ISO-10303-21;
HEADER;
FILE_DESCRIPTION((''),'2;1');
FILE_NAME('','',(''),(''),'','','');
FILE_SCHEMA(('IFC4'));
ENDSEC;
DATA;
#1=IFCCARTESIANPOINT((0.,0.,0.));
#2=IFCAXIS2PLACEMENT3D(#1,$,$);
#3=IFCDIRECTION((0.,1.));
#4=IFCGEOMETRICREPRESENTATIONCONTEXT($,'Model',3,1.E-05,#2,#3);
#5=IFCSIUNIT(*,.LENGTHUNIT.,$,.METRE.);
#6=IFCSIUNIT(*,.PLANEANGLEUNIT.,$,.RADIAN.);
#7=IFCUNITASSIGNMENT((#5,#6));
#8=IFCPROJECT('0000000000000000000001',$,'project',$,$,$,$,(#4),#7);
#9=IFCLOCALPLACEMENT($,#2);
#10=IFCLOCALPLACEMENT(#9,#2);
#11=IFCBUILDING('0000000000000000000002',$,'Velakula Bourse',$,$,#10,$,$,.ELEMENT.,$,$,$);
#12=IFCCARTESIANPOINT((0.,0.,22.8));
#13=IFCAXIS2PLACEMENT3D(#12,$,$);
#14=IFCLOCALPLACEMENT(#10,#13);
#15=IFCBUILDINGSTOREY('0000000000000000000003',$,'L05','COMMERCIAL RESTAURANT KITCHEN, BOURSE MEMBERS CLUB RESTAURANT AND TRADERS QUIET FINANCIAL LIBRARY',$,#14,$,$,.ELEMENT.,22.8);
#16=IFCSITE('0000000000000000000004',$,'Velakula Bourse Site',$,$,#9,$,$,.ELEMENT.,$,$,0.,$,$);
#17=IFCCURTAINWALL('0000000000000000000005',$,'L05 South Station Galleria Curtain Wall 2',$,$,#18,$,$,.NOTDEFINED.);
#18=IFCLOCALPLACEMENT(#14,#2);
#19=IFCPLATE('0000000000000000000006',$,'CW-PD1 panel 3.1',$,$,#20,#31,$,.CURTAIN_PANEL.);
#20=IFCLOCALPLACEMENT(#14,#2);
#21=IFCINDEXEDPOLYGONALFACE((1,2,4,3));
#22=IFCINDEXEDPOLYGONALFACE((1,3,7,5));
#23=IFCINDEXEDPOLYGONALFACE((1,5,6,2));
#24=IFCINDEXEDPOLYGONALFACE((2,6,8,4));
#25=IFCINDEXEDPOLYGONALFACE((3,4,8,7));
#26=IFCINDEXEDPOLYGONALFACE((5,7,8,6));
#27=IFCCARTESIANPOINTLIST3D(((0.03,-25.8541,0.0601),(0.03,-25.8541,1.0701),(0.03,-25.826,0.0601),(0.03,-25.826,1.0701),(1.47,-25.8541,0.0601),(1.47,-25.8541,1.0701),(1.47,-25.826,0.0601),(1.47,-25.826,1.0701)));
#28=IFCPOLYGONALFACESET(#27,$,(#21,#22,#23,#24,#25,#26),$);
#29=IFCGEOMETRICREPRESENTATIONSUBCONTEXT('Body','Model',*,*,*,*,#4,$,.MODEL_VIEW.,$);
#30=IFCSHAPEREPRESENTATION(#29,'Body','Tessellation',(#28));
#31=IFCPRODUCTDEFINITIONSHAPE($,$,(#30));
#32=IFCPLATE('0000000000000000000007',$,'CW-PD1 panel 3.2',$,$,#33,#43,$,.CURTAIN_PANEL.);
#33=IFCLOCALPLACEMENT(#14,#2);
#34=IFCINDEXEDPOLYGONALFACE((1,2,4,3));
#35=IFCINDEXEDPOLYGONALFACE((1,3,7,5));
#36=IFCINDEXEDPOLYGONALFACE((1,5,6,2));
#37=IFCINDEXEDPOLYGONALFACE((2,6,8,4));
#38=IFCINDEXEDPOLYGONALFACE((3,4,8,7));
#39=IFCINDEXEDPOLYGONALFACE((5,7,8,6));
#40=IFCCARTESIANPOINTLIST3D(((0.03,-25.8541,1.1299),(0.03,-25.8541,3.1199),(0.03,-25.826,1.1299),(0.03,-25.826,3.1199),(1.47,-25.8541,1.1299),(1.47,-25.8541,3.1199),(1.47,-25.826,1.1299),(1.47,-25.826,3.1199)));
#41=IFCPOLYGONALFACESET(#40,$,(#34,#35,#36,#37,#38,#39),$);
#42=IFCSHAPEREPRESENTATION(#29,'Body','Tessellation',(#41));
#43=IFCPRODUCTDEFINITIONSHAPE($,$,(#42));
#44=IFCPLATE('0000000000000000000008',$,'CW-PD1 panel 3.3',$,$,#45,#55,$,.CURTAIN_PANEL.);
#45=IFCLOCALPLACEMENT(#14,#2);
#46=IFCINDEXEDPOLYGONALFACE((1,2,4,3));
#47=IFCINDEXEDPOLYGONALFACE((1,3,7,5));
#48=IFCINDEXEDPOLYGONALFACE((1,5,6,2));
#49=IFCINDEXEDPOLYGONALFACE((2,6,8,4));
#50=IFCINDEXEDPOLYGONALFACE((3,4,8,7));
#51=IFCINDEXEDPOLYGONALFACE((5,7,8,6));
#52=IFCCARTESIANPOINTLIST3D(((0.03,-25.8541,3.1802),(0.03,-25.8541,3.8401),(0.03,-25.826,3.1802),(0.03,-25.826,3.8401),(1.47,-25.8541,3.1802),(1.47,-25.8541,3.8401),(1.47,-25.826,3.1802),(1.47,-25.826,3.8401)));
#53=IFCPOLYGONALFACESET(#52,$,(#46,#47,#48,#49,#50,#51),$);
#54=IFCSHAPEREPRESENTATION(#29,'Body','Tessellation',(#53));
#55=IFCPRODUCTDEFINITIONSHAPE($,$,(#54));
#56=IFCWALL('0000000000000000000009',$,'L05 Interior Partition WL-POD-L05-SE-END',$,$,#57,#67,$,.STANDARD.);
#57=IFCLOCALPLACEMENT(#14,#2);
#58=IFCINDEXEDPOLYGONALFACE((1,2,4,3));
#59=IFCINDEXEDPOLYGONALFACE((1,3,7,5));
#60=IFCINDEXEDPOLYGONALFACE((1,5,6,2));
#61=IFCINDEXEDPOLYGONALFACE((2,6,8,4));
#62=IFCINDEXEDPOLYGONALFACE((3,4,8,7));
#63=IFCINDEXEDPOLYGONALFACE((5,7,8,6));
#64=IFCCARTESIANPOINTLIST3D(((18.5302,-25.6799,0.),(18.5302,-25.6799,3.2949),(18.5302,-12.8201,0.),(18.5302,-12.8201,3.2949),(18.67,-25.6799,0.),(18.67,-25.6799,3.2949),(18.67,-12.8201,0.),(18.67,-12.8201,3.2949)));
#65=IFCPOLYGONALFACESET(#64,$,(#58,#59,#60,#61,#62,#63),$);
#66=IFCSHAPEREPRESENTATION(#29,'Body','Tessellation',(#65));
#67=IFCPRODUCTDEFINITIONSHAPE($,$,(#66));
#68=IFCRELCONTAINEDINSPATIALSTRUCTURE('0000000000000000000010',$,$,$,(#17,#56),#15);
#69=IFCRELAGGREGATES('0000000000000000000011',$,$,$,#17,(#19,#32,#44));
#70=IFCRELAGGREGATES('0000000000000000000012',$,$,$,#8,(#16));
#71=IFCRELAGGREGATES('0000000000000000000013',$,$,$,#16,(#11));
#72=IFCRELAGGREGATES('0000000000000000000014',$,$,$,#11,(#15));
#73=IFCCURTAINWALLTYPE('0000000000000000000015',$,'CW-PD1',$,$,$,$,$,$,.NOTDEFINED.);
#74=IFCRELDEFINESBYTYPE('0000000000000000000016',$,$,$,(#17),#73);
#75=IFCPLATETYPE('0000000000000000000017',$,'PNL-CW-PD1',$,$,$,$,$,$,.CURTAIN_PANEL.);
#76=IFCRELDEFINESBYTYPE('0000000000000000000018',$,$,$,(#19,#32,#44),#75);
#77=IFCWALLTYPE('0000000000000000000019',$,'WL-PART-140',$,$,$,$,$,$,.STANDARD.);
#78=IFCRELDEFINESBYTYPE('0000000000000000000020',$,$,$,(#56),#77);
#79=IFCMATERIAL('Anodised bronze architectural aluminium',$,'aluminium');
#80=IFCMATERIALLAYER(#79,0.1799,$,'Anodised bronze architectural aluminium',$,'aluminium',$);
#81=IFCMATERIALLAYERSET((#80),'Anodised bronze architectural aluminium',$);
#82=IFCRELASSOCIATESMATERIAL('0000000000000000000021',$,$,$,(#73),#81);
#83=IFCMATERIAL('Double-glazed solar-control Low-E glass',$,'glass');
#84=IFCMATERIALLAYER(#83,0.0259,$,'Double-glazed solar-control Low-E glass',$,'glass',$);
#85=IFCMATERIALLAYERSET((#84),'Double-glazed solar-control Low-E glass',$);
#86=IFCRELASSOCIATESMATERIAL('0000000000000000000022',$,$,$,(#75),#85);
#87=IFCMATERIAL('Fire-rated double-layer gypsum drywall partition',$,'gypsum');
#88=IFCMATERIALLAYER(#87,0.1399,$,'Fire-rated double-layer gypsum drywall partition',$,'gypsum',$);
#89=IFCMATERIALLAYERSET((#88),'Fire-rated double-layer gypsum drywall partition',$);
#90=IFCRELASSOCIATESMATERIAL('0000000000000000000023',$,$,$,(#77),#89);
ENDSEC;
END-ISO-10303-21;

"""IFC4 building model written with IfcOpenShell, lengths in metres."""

from ifc_helpers import new_model, si_unit, direction, frame, frame_2d, origin, origin_2d, place, context, subcontext, project, spatial, rectangle, extrude, material, layer, layer_set, type_object, element, aggregate, save


model = new_model("IFC4")

# Units and contexts
model_context = context("Model", 3, precision=1e-05, world=origin(), true_north=direction((0.0, 1.0)))
body_context = subcontext(model_context, "Body", "Model", "MODEL_VIEW")
ifc_project = project(units=[si_unit("LENGTHUNIT", "METRE"), si_unit("PLANEANGLEUNIT", "RADIAN")], contexts=[model_context])

# Site, building, storey
site_placement = place(None, origin())
site = spatial("IfcSite", under=ifc_project, at=site_placement, Name="Velakula Bourse Site", CompositionType="ELEMENT", RefElevation=0.0)
building_placement = place(site_placement, origin())
building = spatial("IfcBuilding", under=site, at=building_placement, Name="Velakula Bourse", CompositionType="ELEMENT")
storey_placement = place(building_placement, frame((0.0, 0.0, 22.8)))
storey = spatial("IfcBuildingStorey", under=building, at=storey_placement, Name="L05", Description="COMMERCIAL RESTAURANT KITCHEN, BOURSE MEMBERS CLUB RESTAURANT AND TRADERS QUIET FINANCIAL LIBRARY", CompositionType="ELEMENT", Elevation=22.8)

# Curtain wall, plates
ifc_material_1 = material(Name="Anodised bronze architectural aluminium", Category="aluminium")
ifc_layer_1 = layer(ifc_material_1, 0.1799, Name="Anodised bronze architectural aluminium", Category="aluminium")
ifc_layer_set_1 = layer_set([ifc_layer_1], Name="Anodised bronze architectural aluminium")
curtain_wall_type = type_object("IfcCurtainWallType", Name="CW-PD1", PredefinedType="NOTDEFINED", material=ifc_layer_set_1)
curtain_wall_placement = place(storey_placement, origin())
curtain_wall = element("IfcCurtainWall", 1, at=curtain_wall_placement, inside=storey, type_object=curtain_wall_type, Name="L05 South Station Galleria Curtain Wall 2", PredefinedType="NOTDEFINED")
ifc_material_2 = material(Name="Double-glazed solar-control Low-E glass", Category="glass")
ifc_layer_2 = layer(ifc_material_2, 0.0259, Name="Double-glazed solar-control Low-E glass", Category="glass")
ifc_layer_set_2 = layer_set([ifc_layer_2], Name="Double-glazed solar-control Low-E glass")
plate_type = type_object("IfcPlateType", Name="PNL-CW-PD1", PredefinedType="CURTAIN_PANEL", material=ifc_layer_set_2)
plate_1_placement = place(storey_placement, frame((0.75, -25.8401, 0.0601), z_axis=(0.0, 0.0, 1.0), x_axis=(-1.0, 0.0, 0.0)))
plate_1 = element("IfcPlate", 2, at=plate_1_placement, type_object=plate_type, Name="CW-PD1 panel 3.1", PredefinedType="CURTAIN_PANEL", context=body_context, shape_type="SweptSolid", body=[
    extrude(rectangle(XDim=1.4399, YDim=0.0281, at=origin_2d()), origin(), (0.0, 0.0, 1.0), 1.01),
])
plate_2_placement = place(storey_placement, frame((0.75, -25.8401, 1.1299), z_axis=(0.0, 0.0, 1.0), x_axis=(-1.0, 0.0, 0.0)))
plate_2 = element("IfcPlate", 3, at=plate_2_placement, type_object=plate_type, Name="CW-PD1 panel 3.2", PredefinedType="CURTAIN_PANEL", context=body_context, shape_type="SweptSolid", body=[
    extrude(rectangle(XDim=1.4399, YDim=0.0281, at=origin_2d()), origin(), (0.0, 0.0, 1.0), 1.99),
])
plate_3_placement = place(storey_placement, frame((0.75, -25.8401, 3.1802), z_axis=(0.0, 0.0, 1.0), x_axis=(-1.0, 0.0, 0.0)))
plate_3 = element("IfcPlate", 4, at=plate_3_placement, type_object=plate_type, Name="CW-PD1 panel 3.3", PredefinedType="CURTAIN_PANEL", context=body_context, shape_type="SweptSolid", body=[
    extrude(rectangle(XDim=1.4399, YDim=0.0281, at=origin_2d()), origin(), (0.0, 0.0, 1.0), 0.6599),
])
aggregate(curtain_wall, [plate_1, plate_2, plate_3])

# Wall
ifc_material_3 = material(Name="Fire-rated double-layer gypsum drywall partition", Category="gypsum")
ifc_layer_3 = layer(ifc_material_3, 0.1399, Name="Fire-rated double-layer gypsum drywall partition", Category="gypsum")
ifc_layer_set_3 = layer_set([ifc_layer_3], Name="Fire-rated double-layer gypsum drywall partition")
wall_type = type_object("IfcWallType", Name="WL-PART-140", PredefinedType="STANDARD", material=ifc_layer_set_3)
wall_placement = place(storey_placement, frame((18.6001, -25.6799, 0.0), z_axis=(0.0, 0.0, 1.0), x_axis=(0.0, 1.0, 0.0)))
element("IfcWall", 5, at=wall_placement, inside=storey, type_object=wall_type, Name="L05 Interior Partition WL-POD-L05-SE-END", PredefinedType="STANDARD", context=body_context, shape_type="SweptSolid", body=[
    extrude(rectangle(XDim=12.8599, YDim=0.1399, at=frame_2d((6.4299, 0.0))), origin(), (0.0, 0.0, 1.0), 3.2949),
])

save(model, "model.ifc")
